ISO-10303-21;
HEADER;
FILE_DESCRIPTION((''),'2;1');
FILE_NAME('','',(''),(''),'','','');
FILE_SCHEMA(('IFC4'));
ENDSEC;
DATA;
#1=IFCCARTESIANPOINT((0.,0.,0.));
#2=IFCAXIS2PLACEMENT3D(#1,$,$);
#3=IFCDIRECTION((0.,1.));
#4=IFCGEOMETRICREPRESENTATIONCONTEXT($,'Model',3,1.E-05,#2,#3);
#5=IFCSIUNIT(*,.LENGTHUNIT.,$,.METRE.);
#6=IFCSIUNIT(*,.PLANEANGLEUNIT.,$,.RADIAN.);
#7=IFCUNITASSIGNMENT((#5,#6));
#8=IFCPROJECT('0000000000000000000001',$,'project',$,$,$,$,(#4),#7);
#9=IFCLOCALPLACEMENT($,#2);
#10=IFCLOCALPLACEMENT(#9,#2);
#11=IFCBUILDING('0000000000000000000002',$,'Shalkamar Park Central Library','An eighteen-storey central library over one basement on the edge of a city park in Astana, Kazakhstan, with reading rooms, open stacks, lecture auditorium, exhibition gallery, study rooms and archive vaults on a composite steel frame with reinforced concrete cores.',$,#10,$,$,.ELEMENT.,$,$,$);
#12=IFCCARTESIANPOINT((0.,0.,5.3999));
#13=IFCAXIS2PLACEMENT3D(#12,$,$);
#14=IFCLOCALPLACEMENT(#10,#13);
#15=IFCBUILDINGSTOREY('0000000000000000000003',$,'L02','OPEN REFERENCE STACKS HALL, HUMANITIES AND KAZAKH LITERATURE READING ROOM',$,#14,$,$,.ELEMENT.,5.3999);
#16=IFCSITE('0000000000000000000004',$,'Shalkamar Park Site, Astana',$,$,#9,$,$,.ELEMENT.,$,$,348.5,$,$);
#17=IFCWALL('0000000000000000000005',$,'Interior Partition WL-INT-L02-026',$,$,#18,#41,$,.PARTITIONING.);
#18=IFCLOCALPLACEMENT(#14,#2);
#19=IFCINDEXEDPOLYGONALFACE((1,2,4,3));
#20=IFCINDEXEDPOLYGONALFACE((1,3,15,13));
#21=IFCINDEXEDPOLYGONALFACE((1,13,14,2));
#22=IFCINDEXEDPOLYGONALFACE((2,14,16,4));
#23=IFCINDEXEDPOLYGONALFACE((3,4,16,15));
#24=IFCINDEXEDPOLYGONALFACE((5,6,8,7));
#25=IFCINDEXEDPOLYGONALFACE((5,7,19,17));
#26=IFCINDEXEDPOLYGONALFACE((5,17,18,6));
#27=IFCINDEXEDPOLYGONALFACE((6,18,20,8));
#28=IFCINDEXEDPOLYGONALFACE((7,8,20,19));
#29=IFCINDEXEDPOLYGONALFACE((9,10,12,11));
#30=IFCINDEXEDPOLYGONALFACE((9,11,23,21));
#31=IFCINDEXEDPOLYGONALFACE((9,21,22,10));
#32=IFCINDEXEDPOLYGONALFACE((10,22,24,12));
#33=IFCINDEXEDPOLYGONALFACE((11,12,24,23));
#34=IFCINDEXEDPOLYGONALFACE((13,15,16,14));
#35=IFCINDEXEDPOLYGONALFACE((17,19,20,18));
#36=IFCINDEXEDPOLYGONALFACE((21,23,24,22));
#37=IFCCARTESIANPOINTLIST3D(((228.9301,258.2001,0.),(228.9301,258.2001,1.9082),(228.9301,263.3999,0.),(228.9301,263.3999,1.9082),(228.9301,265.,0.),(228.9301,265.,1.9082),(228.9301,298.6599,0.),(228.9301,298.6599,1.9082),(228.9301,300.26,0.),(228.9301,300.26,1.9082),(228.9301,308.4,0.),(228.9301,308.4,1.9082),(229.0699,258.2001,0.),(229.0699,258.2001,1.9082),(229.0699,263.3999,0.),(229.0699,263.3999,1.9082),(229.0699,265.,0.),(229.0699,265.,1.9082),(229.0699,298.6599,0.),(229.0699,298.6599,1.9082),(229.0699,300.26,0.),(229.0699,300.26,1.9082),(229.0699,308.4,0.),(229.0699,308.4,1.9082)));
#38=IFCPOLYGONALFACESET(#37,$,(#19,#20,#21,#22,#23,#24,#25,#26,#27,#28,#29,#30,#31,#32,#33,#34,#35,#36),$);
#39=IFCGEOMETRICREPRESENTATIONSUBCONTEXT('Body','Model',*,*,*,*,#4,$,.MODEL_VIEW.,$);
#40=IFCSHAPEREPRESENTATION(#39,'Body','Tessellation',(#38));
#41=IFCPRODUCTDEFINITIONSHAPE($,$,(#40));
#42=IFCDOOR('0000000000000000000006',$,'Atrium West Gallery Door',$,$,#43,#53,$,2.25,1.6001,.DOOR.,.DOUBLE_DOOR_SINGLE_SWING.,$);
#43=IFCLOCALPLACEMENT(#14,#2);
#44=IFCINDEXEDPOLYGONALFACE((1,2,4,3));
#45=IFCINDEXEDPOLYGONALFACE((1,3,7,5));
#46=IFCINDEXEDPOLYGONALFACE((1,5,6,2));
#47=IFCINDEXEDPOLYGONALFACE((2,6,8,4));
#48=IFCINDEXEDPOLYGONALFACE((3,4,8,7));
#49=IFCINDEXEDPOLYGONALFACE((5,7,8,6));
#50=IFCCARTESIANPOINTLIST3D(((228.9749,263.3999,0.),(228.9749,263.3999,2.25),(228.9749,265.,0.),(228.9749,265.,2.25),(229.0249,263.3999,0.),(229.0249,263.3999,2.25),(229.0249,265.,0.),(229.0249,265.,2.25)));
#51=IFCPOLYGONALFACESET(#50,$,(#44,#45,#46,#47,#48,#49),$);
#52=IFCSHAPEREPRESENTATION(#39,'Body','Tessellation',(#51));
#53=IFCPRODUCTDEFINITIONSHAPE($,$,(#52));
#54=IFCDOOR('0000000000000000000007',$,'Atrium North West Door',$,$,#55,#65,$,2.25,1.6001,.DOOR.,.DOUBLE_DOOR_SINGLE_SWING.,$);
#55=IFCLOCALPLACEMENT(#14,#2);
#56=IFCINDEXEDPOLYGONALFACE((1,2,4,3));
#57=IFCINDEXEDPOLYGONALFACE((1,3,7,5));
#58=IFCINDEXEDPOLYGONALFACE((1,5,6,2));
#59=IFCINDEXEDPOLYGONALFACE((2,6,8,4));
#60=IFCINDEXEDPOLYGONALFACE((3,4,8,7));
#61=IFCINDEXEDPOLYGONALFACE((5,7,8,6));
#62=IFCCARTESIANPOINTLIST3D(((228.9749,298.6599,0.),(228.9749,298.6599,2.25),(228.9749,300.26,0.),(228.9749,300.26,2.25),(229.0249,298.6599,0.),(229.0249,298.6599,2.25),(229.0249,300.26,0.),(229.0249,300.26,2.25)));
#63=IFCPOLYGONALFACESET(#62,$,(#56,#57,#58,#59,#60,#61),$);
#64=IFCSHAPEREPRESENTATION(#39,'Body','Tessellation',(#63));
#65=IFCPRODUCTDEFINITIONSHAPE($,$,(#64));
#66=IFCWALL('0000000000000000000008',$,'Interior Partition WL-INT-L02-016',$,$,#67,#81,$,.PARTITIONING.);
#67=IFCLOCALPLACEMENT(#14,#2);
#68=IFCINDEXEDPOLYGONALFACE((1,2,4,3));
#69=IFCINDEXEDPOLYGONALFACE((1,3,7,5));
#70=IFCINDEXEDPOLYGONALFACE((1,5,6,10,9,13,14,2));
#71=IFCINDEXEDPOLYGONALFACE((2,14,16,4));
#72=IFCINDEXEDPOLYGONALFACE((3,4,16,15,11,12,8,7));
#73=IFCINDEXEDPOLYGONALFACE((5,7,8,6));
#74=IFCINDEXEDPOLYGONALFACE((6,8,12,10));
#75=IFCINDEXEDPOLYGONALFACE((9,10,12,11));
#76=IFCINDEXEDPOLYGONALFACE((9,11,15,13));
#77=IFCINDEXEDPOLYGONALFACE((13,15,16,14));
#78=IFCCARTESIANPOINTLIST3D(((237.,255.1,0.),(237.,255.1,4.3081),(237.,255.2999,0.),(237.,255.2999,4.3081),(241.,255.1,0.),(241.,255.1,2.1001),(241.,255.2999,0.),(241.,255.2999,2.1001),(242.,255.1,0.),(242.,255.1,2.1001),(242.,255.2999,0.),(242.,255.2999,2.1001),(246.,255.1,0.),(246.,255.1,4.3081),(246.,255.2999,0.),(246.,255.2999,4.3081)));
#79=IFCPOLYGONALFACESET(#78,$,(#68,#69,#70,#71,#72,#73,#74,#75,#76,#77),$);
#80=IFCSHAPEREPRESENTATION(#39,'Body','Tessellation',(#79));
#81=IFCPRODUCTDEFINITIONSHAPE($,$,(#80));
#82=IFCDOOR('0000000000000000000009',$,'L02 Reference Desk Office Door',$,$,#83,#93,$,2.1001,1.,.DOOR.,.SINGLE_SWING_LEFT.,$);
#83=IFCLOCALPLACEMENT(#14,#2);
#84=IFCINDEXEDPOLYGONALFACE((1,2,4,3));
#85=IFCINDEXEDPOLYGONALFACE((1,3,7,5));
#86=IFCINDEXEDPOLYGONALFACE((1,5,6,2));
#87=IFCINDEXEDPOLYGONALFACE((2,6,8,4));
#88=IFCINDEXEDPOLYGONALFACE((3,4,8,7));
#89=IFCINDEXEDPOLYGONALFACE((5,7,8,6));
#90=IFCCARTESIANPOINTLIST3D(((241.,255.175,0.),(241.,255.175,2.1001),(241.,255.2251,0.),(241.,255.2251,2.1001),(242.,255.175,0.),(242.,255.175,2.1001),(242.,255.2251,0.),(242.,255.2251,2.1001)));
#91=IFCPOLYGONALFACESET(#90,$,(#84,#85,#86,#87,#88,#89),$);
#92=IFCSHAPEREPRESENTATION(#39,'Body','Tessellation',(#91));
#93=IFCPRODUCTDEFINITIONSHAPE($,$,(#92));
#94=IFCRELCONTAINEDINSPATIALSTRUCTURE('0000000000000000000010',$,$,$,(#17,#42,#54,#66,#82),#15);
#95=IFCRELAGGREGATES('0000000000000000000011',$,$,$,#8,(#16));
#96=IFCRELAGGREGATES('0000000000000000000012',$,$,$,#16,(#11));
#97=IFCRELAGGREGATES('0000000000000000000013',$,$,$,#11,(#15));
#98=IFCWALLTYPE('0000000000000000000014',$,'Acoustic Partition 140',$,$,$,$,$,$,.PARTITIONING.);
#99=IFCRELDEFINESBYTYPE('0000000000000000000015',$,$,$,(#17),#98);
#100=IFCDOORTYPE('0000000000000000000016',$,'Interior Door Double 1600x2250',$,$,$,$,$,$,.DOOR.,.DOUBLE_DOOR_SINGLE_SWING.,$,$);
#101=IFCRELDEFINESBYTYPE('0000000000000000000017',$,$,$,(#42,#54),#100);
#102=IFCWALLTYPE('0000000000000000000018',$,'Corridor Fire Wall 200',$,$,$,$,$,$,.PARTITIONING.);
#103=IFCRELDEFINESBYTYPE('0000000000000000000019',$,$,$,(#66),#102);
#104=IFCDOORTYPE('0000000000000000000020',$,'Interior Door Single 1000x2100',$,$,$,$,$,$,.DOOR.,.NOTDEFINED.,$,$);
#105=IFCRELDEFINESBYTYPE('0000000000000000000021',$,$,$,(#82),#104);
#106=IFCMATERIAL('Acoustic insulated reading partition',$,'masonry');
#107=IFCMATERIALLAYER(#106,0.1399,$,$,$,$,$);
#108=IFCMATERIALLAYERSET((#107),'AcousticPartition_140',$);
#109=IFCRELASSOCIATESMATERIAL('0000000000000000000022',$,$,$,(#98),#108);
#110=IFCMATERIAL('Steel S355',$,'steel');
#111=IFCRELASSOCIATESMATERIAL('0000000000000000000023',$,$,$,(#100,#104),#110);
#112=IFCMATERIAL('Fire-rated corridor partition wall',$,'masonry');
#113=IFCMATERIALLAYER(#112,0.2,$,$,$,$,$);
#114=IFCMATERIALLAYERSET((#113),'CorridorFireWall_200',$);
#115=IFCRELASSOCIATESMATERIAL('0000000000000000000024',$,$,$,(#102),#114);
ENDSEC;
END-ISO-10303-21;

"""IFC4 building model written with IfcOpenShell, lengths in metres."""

from ifc_helpers import new_model, si_unit, direction, frame, frame_2d, origin, place, context, subcontext, project, spatial, rectangle, extrude, material, layer, layer_set, type_object, element, fill, save


model = new_model("IFC4")

# Units and contexts
model_context = context("Model", 3, precision=1e-05, world=origin(), true_north=direction((0.0, 1.0)))
body_context = subcontext(model_context, "Body", "Model", "MODEL_VIEW")
ifc_project = project(units=[si_unit("LENGTHUNIT", "METRE"), si_unit("PLANEANGLEUNIT", "RADIAN")], contexts=[model_context])

# Site, building, storey
site_placement = place(None, origin())
site = spatial("IfcSite", under=ifc_project, at=site_placement, Name="Shalkamar Park Site, Astana", CompositionType="ELEMENT", RefElevation=348.5)
building_placement = place(site_placement, origin())
building = spatial("IfcBuilding", under=site, at=building_placement, Name="Shalkamar Park Central Library", Description="An eighteen-storey central library over one basement on the edge of a city park in Astana, Kazakhstan, with reading rooms, open stacks, lecture auditorium, exhibition gallery, study rooms and archive vaults on a composite steel frame with reinforced concrete cores.", CompositionType="ELEMENT")
storey_placement = place(building_placement, frame((0.0, 0.0, 5.3999)))
storey = spatial("IfcBuildingStorey", under=building, at=storey_placement, Name="L02", Description="OPEN REFERENCE STACKS HALL, HUMANITIES AND KAZAKH LITERATURE READING ROOM", CompositionType="ELEMENT", Elevation=5.3999)

# Shared definitions
ifc_material_1 = material(Name="Steel S355", Category="steel")

# Wall, openings, doors
ifc_material_2 = material(Name="Acoustic insulated reading partition", Category="masonry")
ifc_layer_1 = layer(ifc_material_2, 0.1399)
ifc_layer_set_1 = layer_set([ifc_layer_1], Name="AcousticPartition_140")
wall_type_1 = type_object("IfcWallType", Name="Acoustic Partition 140", PredefinedType="PARTITIONING", material=ifc_layer_set_1)
wall_1_placement = place(storey_placement, frame((229.0, 258.2, 0.0), z_axis=(0.0, 0.0, 1.0), x_axis=(0.0, 1.0, 0.0)))
wall_1 = element("IfcWall", 1, at=wall_1_placement, inside=storey, type_object=wall_type_1, Name="Interior Partition WL-INT-L02-026", PredefinedType="PARTITIONING", context=body_context, shape_type="SweptSolid", body=[
    extrude(rectangle(XDim=50.2, YDim=0.1399, at=frame_2d((25.1001, 0.0))), origin(), (0.0, 0.0, 1.0), 1.9082),
])
opening_1_placement = place(wall_1_placement, frame((5.2, 0.0, 0.0)))
opening_1 = element("IfcOpeningElement", 2, at=opening_1_placement, cuts=wall_1, PredefinedType="OPENING", context=body_context, shape_type="SweptSolid", body=[
    extrude(rectangle(XDim=1.6001, YDim=2.25, at=frame_2d((0.8, 1.125))), frame((0.0, 0.085, 0.0), z_axis=(0.0, -1.0, 0.0), x_axis=(1.0, 0.0, 0.0)), (0.0, 0.0, 1.0), 0.1697),
])
opening_2_placement = place(wall_1_placement, frame((40.46, 0.0, 0.0)))
opening_2 = element("IfcOpeningElement", 3, at=opening_2_placement, cuts=wall_1, PredefinedType="OPENING", context=body_context, shape_type="SweptSolid", body=[
    extrude(rectangle(XDim=1.6001, YDim=2.25, at=frame_2d((0.8, 1.125))), frame((0.0, 0.085, 0.0), z_axis=(0.0, -1.0, 0.0), x_axis=(1.0, 0.0, 0.0)), (0.0, 0.0, 1.0), 0.1697),
])
door_type_1 = type_object("IfcDoorType", Name="Interior Door Double 1600x2250", OperationType="DOUBLE_DOOR_SINGLE_SWING", PredefinedType="DOOR", material=ifc_material_1)
door_1_placement = place(opening_1_placement, frame((1.6001, 0.0, 0.0), z_axis=(0.0, 0.0, 1.0), x_axis=(-1.0, 0.0, 0.0)))
door_1 = element("IfcDoor", 4, at=door_1_placement, inside=storey, type_object=door_type_1, Name="Atrium West Gallery Door", OperationType="DOUBLE_DOOR_SINGLE_SWING", OverallHeight=2.25, OverallWidth=1.6001, PredefinedType="DOOR", context=body_context, shape_type="SweptSolid", body=[
    extrude(rectangle(XDim=1.6001, YDim=2.25, at=frame_2d((0.8, 1.125))), frame((0.0, 0.0249, 0.0), z_axis=(0.0, -1.0, 0.0), x_axis=(1.0, 0.0, 0.0)), (0.0, 0.0, 1.0), 0.05),
])
fill(opening_1, door_1)
door_2_placement = place(opening_2_placement, frame((1.6001, 0.0, 0.0), z_axis=(0.0, 0.0, 1.0), x_axis=(-1.0, 0.0, 0.0)))
door_2 = element("IfcDoor", 5, at=door_2_placement, inside=storey, type_object=door_type_1, Name="Atrium North West Door", OperationType="DOUBLE_DOOR_SINGLE_SWING", OverallHeight=2.25, OverallWidth=1.6001, PredefinedType="DOOR", context=body_context, shape_type="SweptSolid", body=[
    extrude(rectangle(XDim=1.6001, YDim=2.25, at=frame_2d((0.8, 1.125))), frame((0.0, 0.0249, 0.0), z_axis=(0.0, -1.0, 0.0), x_axis=(1.0, 0.0, 0.0)), (0.0, 0.0, 1.0), 0.05),
])
fill(opening_2, door_2)

# Wall, opening, door
ifc_material_3 = material(Name="Fire-rated corridor partition wall", Category="masonry")
ifc_layer_2 = layer(ifc_material_3, 0.2)
ifc_layer_set_2 = layer_set([ifc_layer_2], Name="CorridorFireWall_200")
wall_type_2 = type_object("IfcWallType", Name="Corridor Fire Wall 200", PredefinedType="PARTITIONING", material=ifc_layer_set_2)
wall_2_placement = place(storey_placement, frame((237.0, 255.2, 0.0), z_axis=(0.0, 0.0, 1.0), x_axis=(1.0, 0.0, 0.0)))
wall_2 = element("IfcWall", 6, at=wall_2_placement, inside=storey, type_object=wall_type_2, Name="Interior Partition WL-INT-L02-016", PredefinedType="PARTITIONING", context=body_context, shape_type="SweptSolid", body=[
    extrude(rectangle(XDim=9.0, YDim=0.2, at=frame_2d((4.5, 0.0))), origin(), (0.0, 0.0, 1.0), 4.3081),
])
opening_3_placement = place(wall_2_placement, frame((4.0, 0.0, 0.0)))
opening_3 = element("IfcOpeningElement", 7, at=opening_3_placement, cuts=wall_2, PredefinedType="OPENING", context=body_context, shape_type="SweptSolid", body=[
    extrude(rectangle(XDim=1.0, YDim=2.1001, at=frame_2d((0.5, 1.05))), frame((0.0, 0.1147, 0.0), z_axis=(0.0, -1.0, 0.0), x_axis=(1.0, 0.0, 0.0)), (0.0, 0.0, 1.0), 0.2297),
])
door_type_2 = type_object("IfcDoorType", Name="Interior Door Single 1000x2100", OperationType="NOTDEFINED", PredefinedType="DOOR", material=ifc_material_1)
door_3_placement = place(opening_3_placement, frame((1.0, 0.0, 0.0), z_axis=(0.0, 0.0, 1.0), x_axis=(-1.0, 0.0, 0.0)))
door_3 = element("IfcDoor", 8, at=door_3_placement, inside=storey, type_object=door_type_2, Name="L02 Reference Desk Office Door", OperationType="SINGLE_SWING_LEFT", OverallHeight=2.1001, OverallWidth=1.0, PredefinedType="DOOR", context=body_context, shape_type="SweptSolid", body=[
    extrude(rectangle(XDim=1.0, YDim=2.1001, at=frame_2d((0.5, 1.05))), frame((0.0, 0.0249, 0.0), z_axis=(0.0, -1.0, 0.0), x_axis=(1.0, 0.0, 0.0)), (0.0, 0.0, 1.0), 0.05),
])
fill(opening_3, door_3)

save(model, "model.ifc")
